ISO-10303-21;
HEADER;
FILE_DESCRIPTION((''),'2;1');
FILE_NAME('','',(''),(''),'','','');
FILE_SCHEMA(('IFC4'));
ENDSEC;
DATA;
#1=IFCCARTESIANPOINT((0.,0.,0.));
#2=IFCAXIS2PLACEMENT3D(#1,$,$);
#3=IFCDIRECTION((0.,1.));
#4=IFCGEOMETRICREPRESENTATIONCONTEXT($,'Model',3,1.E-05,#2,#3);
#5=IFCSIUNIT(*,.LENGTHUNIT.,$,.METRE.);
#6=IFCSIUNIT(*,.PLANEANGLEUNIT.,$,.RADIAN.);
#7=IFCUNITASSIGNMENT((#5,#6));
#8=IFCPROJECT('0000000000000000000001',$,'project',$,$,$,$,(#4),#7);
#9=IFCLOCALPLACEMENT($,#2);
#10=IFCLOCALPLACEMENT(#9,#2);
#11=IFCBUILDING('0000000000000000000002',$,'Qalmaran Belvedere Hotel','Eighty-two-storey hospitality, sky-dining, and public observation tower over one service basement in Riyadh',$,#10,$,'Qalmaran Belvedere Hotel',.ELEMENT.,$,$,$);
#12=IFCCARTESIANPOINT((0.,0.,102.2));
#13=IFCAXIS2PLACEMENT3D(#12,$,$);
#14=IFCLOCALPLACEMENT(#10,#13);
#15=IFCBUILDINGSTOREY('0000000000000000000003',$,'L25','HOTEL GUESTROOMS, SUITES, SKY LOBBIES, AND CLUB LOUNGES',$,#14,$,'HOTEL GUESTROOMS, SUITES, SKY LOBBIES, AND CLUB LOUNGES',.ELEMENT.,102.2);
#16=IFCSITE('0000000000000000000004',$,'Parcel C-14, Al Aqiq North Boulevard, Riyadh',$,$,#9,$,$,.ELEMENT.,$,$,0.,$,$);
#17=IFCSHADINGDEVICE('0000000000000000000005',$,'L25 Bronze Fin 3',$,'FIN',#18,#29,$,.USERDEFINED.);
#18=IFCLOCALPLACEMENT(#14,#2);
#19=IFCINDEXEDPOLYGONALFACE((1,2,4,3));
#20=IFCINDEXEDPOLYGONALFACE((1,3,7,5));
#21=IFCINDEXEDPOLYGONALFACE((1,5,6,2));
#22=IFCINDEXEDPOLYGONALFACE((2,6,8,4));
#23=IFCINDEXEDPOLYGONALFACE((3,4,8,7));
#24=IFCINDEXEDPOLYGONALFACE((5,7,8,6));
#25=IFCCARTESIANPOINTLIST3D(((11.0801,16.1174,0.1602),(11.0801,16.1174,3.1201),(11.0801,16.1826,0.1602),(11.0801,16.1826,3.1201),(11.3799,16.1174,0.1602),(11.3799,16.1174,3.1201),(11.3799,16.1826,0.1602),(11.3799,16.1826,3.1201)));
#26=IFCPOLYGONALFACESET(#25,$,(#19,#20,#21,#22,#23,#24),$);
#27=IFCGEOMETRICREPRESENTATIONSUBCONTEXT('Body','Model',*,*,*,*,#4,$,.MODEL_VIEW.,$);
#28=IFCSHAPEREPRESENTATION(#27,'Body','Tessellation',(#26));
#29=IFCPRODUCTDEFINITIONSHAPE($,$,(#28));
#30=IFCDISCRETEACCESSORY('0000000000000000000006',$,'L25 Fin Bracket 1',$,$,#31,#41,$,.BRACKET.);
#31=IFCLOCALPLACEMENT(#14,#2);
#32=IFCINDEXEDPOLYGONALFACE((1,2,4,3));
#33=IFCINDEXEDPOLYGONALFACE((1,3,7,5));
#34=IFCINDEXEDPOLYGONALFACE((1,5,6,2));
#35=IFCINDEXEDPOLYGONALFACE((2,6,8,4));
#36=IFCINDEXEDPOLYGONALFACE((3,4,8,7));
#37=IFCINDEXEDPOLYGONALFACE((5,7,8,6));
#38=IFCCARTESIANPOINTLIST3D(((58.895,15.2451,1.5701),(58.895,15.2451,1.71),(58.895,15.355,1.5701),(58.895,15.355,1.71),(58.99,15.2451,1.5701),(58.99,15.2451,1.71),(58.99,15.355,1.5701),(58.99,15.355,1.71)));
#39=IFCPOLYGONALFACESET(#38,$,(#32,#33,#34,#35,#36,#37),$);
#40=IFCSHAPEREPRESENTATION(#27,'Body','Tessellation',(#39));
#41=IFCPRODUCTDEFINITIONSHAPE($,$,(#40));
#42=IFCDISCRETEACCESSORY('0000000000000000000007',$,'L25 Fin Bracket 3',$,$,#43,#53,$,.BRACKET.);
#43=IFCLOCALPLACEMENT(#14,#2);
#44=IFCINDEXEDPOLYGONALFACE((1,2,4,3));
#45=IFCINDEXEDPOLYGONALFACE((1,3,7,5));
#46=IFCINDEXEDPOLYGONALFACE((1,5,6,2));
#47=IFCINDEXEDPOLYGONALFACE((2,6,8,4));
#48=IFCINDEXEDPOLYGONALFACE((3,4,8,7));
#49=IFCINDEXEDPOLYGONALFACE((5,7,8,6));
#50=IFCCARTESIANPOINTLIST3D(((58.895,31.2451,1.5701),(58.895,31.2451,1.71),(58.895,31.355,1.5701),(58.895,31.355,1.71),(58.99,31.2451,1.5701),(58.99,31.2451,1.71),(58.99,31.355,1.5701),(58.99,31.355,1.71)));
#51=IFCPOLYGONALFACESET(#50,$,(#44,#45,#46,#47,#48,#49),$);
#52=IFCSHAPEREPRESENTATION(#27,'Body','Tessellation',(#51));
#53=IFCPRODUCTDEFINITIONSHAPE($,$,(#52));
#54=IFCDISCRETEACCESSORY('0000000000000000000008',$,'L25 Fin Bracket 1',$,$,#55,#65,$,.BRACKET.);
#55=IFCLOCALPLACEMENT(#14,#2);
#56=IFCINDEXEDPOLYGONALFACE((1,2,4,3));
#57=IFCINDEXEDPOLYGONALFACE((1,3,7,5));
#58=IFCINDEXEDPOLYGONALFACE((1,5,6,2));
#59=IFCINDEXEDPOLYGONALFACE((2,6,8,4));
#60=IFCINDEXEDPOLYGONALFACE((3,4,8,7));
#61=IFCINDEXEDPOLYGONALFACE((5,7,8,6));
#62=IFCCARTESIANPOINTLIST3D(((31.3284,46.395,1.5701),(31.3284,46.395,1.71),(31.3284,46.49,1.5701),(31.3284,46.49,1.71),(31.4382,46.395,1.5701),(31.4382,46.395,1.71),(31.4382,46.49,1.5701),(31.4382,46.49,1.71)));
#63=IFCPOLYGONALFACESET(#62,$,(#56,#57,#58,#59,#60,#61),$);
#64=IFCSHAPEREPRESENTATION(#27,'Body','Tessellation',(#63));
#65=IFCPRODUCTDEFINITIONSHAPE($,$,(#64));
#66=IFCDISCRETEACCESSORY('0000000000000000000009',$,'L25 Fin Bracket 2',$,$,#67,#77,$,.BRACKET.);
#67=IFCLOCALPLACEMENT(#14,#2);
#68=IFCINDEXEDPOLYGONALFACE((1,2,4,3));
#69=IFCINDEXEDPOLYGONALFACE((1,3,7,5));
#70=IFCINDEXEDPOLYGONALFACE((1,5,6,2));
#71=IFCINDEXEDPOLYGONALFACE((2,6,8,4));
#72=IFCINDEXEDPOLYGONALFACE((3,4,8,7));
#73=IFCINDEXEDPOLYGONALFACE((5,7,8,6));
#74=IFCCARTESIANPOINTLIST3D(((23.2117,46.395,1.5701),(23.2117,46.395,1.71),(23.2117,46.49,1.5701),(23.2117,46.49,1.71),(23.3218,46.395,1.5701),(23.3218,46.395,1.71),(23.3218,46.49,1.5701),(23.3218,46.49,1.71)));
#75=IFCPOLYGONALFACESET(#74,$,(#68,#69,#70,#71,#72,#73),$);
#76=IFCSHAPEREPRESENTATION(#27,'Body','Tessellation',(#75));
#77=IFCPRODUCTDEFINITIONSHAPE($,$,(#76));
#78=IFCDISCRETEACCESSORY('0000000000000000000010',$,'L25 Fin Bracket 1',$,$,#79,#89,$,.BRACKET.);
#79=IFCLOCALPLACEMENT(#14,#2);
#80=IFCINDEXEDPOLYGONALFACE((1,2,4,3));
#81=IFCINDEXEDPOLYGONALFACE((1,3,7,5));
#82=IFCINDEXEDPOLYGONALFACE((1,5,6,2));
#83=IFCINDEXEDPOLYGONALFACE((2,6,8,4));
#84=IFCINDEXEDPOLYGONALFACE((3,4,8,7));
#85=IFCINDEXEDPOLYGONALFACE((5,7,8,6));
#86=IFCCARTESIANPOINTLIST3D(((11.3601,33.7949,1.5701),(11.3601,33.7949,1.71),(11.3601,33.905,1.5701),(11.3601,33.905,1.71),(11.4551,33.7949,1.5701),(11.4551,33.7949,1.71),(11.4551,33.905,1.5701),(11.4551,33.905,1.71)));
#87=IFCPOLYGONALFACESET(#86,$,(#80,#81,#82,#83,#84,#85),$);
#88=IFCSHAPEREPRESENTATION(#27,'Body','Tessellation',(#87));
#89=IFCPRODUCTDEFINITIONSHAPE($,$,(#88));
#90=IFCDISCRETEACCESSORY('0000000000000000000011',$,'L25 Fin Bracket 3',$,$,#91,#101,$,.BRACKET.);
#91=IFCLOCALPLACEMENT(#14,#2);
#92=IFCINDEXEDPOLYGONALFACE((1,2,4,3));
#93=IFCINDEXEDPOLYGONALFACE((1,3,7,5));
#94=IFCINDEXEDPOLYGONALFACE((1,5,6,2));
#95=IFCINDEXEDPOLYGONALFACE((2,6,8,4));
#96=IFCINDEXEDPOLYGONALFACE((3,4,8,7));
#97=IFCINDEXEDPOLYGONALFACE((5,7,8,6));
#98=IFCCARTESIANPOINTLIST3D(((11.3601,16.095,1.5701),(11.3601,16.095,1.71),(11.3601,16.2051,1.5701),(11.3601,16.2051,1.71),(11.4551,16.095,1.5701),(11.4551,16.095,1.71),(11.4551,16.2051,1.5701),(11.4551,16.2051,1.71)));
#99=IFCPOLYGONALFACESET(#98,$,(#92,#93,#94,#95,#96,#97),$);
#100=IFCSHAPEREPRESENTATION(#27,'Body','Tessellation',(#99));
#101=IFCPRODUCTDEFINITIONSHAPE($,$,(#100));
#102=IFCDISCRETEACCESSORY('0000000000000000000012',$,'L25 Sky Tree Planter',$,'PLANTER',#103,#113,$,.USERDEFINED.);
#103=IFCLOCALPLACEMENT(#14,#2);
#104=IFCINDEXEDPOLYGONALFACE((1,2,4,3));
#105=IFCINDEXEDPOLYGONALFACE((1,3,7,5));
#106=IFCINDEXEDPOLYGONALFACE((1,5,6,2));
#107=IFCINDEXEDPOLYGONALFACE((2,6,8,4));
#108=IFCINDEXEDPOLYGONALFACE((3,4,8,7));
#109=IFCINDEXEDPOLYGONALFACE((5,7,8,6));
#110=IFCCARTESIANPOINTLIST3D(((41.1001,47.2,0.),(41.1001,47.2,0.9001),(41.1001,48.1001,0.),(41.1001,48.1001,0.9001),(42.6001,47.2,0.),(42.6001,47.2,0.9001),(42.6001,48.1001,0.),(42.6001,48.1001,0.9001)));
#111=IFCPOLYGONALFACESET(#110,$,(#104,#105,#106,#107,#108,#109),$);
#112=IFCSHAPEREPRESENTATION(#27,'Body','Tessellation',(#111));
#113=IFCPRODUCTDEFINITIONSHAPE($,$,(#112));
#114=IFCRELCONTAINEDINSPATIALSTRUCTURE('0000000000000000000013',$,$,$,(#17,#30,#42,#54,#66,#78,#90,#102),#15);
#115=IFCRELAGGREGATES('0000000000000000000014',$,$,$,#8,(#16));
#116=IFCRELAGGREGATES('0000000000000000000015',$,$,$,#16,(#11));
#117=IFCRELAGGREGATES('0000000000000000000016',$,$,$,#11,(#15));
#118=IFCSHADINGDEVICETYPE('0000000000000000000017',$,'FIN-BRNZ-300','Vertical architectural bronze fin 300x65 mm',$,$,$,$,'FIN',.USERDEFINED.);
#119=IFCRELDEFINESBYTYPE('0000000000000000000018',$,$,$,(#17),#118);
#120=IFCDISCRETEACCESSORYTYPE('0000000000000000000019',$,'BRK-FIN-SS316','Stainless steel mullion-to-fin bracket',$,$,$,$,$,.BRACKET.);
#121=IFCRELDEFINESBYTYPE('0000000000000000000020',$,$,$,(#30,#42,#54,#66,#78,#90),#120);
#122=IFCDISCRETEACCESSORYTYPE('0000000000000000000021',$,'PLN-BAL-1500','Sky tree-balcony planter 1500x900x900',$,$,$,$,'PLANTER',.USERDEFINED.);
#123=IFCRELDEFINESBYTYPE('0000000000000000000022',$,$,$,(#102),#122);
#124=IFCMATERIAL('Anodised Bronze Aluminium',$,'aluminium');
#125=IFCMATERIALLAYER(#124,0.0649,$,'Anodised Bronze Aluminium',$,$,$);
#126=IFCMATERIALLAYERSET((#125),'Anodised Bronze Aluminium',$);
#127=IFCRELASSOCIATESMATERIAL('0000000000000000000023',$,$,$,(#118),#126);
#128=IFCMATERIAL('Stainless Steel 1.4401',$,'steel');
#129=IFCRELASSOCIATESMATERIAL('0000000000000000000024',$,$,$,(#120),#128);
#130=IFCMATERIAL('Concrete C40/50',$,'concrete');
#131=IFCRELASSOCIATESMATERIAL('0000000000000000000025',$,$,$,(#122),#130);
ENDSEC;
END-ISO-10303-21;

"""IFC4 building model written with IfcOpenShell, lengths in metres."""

from ifc_helpers import new_model, si_unit, direction, frame, origin, place, context, subcontext, project, spatial, polyline, outline, extrude, material, layer, layer_set, type_object, element, save


model = new_model("IFC4")

# Units and contexts
model_context = context("Model", 3, precision=1e-05, world=origin(), true_north=direction((0.0, 1.0)))
body_context = subcontext(model_context, "Body", "Model", "MODEL_VIEW")
ifc_project = project(units=[si_unit("LENGTHUNIT", "METRE"), si_unit("PLANEANGLEUNIT", "RADIAN")], contexts=[model_context])

# Site, building, storey
site_placement = place(None, origin())
site = spatial("IfcSite", under=ifc_project, at=site_placement, Name="Parcel C-14, Al Aqiq North Boulevard, Riyadh", CompositionType="ELEMENT", RefElevation=0.0)
building_placement = place(site_placement, origin())
building = spatial("IfcBuilding", under=site, at=building_placement, Name="Qalmaran Belvedere Hotel", Description="Eighty-two-storey hospitality, sky-dining, and public observation tower over one service basement in Riyadh", LongName="Qalmaran Belvedere Hotel", CompositionType="ELEMENT")
storey_placement = place(building_placement, frame((0.0, 0.0, 102.2)))
storey = spatial("IfcBuildingStorey", under=building, at=storey_placement, Name="L25", Description="HOTEL GUESTROOMS, SUITES, SKY LOBBIES, AND CLUB LOUNGES", LongName="HOTEL GUESTROOMS, SUITES, SKY LOBBIES, AND CLUB LOUNGES", CompositionType="ELEMENT", Elevation=102.2)

# Shared definitions
ifc_material_1 = material(Name="Anodised Bronze Aluminium", Category="aluminium")

# Shared definitions
ifc_material_2 = material(Name="Concrete C40/50", Category="concrete")

# Shading device
ifc_layer_1 = layer(ifc_material_1, 0.0649, Name="Anodised Bronze Aluminium")
ifc_layer_set_1 = layer_set([ifc_layer_1], Name="Anodised Bronze Aluminium")
shading_device_type = type_object("IfcShadingDeviceType", Name="FIN-BRNZ-300", Description="Vertical architectural bronze fin 300x65 mm", ElementType="FIN", PredefinedType="USERDEFINED", material=ifc_layer_set_1)
shading_device_1_placement = place(storey_placement, frame((0.0, 0.0, 0.1602)))
element("IfcShadingDevice", 1, at=shading_device_1_placement, inside=storey, type_object=shading_device_type, Name="L25 Bronze Fin 3", ObjectType="FIN", PredefinedType="USERDEFINED", context=body_context, shape_type="SweptSolid", body=[
    extrude(outline(polyline([(11.3799, 16.1826), (11.0801, 16.1826), (11.0801, 16.1174), (11.3799, 16.1174), (11.3799, 16.1826)])), origin(), (0.0, 0.0, 1.0), 2.96),
])

# Discrete accessories
ifc_material_3 = material(Name="Stainless Steel 1.4401", Category="steel")
discrete_accessory_type_1 = type_object("IfcDiscreteAccessoryType", Name="BRK-FIN-SS316", Description="Stainless steel mullion-to-fin bracket", PredefinedType="BRACKET", material=ifc_material_3)
discrete_accessory_1_placement = place(storey_placement, frame((0.0, 0.0, 1.5701)))
element("IfcDiscreteAccessory", 2, at=discrete_accessory_1_placement, inside=storey, type_object=discrete_accessory_type_1, Name="L25 Fin Bracket 1", PredefinedType="BRACKET", context=body_context, shape_type="SweptSolid", body=[
    extrude(outline(polyline([(58.895, 15.2451), (58.99, 15.2451), (58.99, 15.355), (58.895, 15.355), (58.895, 15.2451)])), origin(), (0.0, 0.0, 1.0), 0.1399),
])
discrete_accessory_2_placement = place(storey_placement, frame((0.0, 0.0, 1.5701)))
element("IfcDiscreteAccessory", 3, at=discrete_accessory_2_placement, inside=storey, type_object=discrete_accessory_type_1, Name="L25 Fin Bracket 3", PredefinedType="BRACKET", context=body_context, shape_type="SweptSolid", body=[
    extrude(outline(polyline([(58.895, 31.2451), (58.99, 31.2451), (58.99, 31.355), (58.895, 31.355), (58.895, 31.2451)])), origin(), (0.0, 0.0, 1.0), 0.1399),
])
discrete_accessory_3_placement = place(storey_placement, frame((0.0, 0.0, 1.5701)))
element("IfcDiscreteAccessory", 4, at=discrete_accessory_3_placement, inside=storey, type_object=discrete_accessory_type_1, Name="L25 Fin Bracket 1", PredefinedType="BRACKET", context=body_context, shape_type="SweptSolid", body=[
    extrude(outline(polyline([(31.4382, 46.395), (31.4382, 46.49), (31.3284, 46.49), (31.3284, 46.395), (31.4382, 46.395)])), origin(), (0.0, 0.0, 1.0), 0.1399),
])
discrete_accessory_4_placement = place(storey_placement, frame((0.0, 0.0, 1.5701)))
element("IfcDiscreteAccessory", 5, at=discrete_accessory_4_placement, inside=storey, type_object=discrete_accessory_type_1, Name="L25 Fin Bracket 2", PredefinedType="BRACKET", context=body_context, shape_type="SweptSolid", body=[
    extrude(outline(polyline([(23.3218, 46.395), (23.3218, 46.49), (23.2117, 46.49), (23.2117, 46.395), (23.3218, 46.395)])), origin(), (0.0, 0.0, 1.0), 0.1399),
])
discrete_accessory_5_placement = place(storey_placement, frame((0.0, 0.0, 1.5701)))
element("IfcDiscreteAccessory", 6, at=discrete_accessory_5_placement, inside=storey, type_object=discrete_accessory_type_1, Name="L25 Fin Bracket 1", PredefinedType="BRACKET", context=body_context, shape_type="SweptSolid", body=[
    extrude(outline(polyline([(11.4551, 33.905), (11.3601, 33.905), (11.3601, 33.7949), (11.4551, 33.7949), (11.4551, 33.905)])), origin(), (0.0, 0.0, 1.0), 0.1399),
])
discrete_accessory_6_placement = place(storey_placement, frame((0.0, 0.0, 1.5701)))
element("IfcDiscreteAccessory", 7, at=discrete_accessory_6_placement, inside=storey, type_object=discrete_accessory_type_1, Name="L25 Fin Bracket 3", PredefinedType="BRACKET", context=body_context, shape_type="SweptSolid", body=[
    extrude(outline(polyline([(11.4551, 16.2051), (11.3601, 16.2051), (11.3601, 16.095), (11.4551, 16.095), (11.4551, 16.2051)])), origin(), (0.0, 0.0, 1.0), 0.1399),
])
discrete_accessory_type_2 = type_object("IfcDiscreteAccessoryType", Name="PLN-BAL-1500", Description="Sky tree-balcony planter 1500x900x900", ElementType="PLANTER", PredefinedType="USERDEFINED", material=ifc_material_2)
discrete_accessory_7_placement = place(storey_placement, origin())
element("IfcDiscreteAccessory", 8, at=discrete_accessory_7_placement, inside=storey, type_object=discrete_accessory_type_2, Name="L25 Sky Tree Planter", ObjectType="PLANTER", PredefinedType="USERDEFINED", context=body_context, shape_type="SweptSolid", body=[
    extrude(outline(polyline([(41.1001, 47.2), (42.6001, 47.2), (42.6001, 48.1001), (41.1001, 48.1001), (41.1001, 47.2)])), origin(), (0.0, 0.0, 1.0), 0.9001),
])

save(model, "model.ifc")
